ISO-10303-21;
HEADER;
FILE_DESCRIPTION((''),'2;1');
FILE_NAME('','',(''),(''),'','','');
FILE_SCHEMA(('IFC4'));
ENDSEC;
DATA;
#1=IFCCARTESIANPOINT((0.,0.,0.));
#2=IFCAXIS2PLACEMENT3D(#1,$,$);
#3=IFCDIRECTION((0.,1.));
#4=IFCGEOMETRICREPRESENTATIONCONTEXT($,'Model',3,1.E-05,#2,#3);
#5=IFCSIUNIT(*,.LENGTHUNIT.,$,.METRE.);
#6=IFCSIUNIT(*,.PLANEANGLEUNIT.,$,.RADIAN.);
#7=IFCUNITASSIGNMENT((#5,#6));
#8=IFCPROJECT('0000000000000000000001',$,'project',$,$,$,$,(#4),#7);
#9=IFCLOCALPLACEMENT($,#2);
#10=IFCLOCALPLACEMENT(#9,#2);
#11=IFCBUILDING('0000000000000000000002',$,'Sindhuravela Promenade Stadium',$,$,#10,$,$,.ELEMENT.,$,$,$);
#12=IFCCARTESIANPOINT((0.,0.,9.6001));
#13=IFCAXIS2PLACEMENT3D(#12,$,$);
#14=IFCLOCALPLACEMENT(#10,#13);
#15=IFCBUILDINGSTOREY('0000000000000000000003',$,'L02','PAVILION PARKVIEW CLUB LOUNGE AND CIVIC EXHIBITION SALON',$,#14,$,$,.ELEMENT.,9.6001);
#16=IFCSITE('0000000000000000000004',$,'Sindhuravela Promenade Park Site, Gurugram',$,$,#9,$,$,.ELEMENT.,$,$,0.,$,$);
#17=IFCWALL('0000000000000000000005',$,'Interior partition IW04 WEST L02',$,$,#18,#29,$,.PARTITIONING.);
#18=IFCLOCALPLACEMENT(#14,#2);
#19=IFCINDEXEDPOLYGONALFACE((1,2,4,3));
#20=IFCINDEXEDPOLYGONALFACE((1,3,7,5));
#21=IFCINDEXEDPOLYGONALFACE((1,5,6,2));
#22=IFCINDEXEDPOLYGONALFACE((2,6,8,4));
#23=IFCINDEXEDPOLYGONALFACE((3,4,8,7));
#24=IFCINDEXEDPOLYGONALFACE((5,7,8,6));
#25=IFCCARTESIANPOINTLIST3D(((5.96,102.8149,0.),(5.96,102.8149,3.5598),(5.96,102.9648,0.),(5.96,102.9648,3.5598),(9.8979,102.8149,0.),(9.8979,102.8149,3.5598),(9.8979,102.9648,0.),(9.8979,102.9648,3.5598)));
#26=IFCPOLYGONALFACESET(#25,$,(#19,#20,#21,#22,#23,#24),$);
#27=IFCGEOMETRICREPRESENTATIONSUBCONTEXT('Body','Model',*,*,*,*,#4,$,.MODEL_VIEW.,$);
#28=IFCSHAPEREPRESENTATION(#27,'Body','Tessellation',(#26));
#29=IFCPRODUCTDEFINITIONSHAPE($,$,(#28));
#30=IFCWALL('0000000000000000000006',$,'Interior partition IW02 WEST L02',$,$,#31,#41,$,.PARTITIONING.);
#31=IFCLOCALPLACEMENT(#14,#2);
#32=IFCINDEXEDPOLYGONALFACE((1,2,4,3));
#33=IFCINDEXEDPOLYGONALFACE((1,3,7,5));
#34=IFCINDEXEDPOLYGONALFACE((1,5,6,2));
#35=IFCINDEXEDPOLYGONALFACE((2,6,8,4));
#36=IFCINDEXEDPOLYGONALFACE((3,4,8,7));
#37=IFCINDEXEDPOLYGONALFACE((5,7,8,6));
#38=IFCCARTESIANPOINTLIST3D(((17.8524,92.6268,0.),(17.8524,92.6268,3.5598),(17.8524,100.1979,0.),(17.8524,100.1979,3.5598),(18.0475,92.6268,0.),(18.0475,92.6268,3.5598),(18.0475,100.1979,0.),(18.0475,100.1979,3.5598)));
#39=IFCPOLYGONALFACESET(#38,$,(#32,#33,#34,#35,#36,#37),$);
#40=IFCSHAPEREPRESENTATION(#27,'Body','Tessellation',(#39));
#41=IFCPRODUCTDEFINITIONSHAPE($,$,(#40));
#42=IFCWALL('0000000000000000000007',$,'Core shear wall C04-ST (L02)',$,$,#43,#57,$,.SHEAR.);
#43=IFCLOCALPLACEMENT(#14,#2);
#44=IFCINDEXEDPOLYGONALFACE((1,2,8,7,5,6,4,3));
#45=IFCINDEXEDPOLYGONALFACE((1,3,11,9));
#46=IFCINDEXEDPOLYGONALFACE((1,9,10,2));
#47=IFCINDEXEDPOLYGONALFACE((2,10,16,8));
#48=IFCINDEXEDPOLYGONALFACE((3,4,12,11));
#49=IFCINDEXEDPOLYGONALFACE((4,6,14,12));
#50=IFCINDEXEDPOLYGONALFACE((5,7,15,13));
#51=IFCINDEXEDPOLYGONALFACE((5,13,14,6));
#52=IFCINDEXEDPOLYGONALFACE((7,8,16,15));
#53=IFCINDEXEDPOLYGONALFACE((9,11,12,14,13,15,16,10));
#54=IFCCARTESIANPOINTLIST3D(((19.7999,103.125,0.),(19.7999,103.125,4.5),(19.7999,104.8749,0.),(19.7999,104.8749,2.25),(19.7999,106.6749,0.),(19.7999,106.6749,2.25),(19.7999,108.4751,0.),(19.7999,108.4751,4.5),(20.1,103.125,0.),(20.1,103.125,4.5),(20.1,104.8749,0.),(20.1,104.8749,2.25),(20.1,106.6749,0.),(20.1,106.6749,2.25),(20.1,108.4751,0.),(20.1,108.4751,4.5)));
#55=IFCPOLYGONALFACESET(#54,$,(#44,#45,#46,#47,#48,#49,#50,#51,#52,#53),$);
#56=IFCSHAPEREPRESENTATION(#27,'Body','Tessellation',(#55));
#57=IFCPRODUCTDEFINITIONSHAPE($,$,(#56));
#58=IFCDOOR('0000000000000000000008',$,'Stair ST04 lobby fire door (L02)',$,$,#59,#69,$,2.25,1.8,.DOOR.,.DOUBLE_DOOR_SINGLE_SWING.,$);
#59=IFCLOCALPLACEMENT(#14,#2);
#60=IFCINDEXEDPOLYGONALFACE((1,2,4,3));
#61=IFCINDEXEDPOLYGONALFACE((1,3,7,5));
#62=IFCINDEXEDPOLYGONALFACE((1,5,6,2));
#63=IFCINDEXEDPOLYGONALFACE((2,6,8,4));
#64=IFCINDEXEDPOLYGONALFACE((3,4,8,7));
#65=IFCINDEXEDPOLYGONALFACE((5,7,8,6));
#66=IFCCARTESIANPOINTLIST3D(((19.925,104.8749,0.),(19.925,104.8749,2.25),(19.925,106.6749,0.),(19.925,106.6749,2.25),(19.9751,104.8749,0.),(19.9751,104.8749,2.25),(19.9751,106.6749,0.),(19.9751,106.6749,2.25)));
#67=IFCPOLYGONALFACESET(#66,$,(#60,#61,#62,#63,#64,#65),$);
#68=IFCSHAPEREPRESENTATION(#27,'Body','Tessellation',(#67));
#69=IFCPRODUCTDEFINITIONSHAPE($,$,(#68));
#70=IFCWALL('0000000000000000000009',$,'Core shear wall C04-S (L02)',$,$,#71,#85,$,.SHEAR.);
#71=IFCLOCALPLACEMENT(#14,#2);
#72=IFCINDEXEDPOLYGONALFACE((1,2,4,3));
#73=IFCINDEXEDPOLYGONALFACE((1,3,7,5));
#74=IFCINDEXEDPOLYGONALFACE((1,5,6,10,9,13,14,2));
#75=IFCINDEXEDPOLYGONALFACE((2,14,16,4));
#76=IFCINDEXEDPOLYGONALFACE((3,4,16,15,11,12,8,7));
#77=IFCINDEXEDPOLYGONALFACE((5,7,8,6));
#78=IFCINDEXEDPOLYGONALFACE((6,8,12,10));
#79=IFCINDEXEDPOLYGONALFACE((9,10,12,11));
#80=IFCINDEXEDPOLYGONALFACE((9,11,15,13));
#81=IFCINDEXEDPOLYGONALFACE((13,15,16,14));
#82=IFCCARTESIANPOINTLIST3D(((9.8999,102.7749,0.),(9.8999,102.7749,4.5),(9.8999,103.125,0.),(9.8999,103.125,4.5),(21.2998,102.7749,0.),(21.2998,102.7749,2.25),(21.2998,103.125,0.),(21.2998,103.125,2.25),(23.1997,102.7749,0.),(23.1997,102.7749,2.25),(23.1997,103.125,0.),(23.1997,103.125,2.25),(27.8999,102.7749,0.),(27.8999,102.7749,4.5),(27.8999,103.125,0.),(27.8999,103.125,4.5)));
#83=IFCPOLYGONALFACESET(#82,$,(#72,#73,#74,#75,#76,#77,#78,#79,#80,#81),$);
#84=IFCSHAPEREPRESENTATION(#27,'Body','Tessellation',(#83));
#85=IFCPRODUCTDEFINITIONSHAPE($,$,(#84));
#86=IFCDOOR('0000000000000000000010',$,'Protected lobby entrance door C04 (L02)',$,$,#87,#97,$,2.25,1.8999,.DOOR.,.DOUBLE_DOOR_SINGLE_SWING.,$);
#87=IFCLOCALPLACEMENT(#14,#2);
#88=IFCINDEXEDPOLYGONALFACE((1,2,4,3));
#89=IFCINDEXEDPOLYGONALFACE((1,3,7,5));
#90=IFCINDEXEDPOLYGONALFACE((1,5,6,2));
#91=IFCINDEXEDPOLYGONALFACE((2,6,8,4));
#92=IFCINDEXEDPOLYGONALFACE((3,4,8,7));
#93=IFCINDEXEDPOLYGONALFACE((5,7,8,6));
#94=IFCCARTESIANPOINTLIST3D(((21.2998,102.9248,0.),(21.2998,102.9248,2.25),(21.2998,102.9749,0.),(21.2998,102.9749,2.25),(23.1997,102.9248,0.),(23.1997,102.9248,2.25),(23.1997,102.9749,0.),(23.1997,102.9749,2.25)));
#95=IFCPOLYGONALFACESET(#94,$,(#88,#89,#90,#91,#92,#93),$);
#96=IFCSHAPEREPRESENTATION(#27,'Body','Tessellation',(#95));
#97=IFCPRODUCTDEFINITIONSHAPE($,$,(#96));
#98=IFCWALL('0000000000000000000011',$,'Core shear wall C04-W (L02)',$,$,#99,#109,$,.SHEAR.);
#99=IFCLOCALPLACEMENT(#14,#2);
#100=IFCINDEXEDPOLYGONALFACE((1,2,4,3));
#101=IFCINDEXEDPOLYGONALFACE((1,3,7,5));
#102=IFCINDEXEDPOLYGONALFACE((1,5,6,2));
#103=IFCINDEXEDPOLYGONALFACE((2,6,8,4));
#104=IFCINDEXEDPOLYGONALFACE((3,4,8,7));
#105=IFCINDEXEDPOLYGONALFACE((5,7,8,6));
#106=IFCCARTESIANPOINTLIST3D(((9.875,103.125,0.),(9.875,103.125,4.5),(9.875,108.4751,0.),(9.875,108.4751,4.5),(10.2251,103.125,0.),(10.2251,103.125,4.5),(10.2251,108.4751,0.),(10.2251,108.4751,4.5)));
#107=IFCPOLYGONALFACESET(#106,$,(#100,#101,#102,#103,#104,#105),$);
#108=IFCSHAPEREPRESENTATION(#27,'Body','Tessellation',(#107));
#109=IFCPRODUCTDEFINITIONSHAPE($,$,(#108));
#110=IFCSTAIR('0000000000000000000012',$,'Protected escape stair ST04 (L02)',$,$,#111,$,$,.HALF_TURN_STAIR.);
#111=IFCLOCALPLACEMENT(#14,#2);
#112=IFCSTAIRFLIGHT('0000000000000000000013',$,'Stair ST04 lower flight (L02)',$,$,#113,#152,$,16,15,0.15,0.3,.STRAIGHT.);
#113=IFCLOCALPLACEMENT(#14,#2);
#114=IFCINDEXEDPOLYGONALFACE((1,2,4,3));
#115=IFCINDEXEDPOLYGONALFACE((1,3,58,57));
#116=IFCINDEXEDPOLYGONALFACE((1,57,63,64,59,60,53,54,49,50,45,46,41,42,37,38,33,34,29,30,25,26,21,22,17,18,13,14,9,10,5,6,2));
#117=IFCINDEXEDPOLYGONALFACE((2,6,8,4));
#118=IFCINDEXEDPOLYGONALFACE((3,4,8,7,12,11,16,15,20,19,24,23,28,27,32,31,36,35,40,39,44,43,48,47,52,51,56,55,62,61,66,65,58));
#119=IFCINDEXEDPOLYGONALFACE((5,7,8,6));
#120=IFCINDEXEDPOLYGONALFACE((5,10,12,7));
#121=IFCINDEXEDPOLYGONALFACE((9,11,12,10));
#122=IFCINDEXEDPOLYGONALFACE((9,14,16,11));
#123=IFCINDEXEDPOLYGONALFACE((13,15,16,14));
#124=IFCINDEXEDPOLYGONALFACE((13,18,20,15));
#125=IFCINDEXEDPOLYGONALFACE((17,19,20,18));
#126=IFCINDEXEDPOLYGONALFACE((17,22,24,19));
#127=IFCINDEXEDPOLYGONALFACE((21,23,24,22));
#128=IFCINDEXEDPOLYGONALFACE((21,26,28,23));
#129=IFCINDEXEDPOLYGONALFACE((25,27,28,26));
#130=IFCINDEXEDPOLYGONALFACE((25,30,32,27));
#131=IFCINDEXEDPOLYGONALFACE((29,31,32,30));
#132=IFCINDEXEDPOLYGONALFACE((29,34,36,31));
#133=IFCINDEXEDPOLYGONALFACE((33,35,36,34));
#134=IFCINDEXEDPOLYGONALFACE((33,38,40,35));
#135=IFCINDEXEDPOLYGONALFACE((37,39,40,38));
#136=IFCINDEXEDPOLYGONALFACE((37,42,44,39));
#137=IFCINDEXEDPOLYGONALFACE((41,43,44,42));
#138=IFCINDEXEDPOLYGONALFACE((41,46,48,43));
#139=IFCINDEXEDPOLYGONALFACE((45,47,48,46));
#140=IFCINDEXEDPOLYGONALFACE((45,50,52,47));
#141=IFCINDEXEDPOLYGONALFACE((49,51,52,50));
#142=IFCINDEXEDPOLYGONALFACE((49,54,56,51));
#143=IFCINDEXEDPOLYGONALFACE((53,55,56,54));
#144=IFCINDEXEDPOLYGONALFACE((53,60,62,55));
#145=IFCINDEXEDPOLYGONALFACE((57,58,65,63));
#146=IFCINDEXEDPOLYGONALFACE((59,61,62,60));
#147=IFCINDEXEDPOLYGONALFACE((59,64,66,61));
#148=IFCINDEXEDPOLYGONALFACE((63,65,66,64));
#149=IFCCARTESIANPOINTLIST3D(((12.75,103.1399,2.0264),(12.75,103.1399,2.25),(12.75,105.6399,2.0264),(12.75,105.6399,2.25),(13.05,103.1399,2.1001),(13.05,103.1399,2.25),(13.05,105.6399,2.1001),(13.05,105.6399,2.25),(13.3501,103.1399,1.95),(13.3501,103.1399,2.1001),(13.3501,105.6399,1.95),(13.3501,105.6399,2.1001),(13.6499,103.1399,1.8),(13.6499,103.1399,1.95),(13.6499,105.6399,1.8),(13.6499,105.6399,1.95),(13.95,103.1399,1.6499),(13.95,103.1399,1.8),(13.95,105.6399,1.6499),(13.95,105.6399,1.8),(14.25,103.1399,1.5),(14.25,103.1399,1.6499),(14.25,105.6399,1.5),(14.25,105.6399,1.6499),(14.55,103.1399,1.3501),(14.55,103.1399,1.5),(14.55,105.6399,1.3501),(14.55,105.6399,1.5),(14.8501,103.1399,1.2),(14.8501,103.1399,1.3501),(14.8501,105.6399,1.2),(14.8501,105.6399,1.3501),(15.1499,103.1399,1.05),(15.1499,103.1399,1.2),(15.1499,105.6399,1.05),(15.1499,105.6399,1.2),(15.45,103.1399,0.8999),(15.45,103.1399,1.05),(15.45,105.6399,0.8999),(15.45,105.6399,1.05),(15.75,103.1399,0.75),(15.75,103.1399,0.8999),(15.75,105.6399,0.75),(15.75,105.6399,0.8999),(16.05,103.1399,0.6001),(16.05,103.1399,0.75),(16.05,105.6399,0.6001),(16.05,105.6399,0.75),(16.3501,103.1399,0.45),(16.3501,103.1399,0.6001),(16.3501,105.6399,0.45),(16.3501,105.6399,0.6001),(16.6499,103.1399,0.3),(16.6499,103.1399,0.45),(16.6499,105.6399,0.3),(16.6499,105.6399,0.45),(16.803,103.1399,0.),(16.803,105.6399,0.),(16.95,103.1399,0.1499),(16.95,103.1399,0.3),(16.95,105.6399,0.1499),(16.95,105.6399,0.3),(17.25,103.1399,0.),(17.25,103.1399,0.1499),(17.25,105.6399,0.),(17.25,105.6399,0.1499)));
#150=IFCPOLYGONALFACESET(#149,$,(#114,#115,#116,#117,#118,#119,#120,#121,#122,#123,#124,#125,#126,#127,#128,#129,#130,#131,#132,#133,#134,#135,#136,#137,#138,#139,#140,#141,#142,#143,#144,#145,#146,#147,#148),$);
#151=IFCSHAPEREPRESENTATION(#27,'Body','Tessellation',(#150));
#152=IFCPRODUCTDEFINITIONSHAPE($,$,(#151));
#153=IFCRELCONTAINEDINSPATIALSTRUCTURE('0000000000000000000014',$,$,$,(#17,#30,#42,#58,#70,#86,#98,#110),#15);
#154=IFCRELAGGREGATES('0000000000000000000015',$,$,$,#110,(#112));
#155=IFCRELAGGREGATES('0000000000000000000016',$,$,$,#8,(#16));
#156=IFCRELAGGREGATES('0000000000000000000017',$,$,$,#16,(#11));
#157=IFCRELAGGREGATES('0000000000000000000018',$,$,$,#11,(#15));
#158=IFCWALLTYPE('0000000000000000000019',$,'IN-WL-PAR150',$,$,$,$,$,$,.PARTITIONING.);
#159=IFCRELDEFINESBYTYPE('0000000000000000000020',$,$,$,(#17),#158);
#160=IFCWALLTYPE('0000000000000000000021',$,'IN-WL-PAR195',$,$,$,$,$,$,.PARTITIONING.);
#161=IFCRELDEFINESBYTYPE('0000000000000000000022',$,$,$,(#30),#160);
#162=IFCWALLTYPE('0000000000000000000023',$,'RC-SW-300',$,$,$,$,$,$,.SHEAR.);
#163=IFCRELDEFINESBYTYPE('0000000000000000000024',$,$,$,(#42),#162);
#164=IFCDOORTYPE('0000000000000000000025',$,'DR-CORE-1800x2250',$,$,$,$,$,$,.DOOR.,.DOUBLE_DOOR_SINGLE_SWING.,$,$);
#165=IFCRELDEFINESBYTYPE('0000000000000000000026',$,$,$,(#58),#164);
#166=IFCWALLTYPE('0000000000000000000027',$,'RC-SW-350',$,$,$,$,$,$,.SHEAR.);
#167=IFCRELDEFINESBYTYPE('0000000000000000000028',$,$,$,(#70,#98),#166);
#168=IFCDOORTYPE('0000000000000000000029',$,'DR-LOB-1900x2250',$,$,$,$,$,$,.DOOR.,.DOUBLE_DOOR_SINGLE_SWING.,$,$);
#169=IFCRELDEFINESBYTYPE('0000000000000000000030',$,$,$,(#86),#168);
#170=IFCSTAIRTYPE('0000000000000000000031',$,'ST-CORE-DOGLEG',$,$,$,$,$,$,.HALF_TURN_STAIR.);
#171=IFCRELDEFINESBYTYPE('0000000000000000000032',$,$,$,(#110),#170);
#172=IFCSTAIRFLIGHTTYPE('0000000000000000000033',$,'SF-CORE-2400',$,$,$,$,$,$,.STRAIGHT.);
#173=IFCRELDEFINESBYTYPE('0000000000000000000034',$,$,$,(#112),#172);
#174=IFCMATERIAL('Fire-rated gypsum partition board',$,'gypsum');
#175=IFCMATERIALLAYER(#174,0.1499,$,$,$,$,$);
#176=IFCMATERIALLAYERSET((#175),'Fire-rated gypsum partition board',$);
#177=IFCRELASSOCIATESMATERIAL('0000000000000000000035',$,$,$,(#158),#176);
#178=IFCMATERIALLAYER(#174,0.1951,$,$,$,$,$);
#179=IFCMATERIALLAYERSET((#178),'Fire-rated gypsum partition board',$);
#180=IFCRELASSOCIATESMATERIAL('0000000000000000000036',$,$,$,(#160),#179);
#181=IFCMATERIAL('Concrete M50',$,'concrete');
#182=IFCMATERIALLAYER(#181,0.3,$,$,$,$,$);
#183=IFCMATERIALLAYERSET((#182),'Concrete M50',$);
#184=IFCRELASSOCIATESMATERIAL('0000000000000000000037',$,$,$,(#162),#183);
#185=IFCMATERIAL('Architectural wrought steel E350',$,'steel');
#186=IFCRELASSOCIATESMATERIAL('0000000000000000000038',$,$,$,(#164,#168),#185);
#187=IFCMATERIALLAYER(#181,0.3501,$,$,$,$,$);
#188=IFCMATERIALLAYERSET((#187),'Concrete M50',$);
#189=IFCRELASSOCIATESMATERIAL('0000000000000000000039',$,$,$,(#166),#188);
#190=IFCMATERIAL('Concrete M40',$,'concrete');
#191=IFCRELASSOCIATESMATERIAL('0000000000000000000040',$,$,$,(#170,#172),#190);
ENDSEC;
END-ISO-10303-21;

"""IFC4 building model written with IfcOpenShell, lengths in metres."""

from ifc_helpers import new_model, si_unit, direction, frame, frame_2d, origin, place, context, subcontext, project, spatial, polyline, rectangle, outline, extrude, material, layer, layer_set, type_object, element, fill, aggregate, save


model = new_model("IFC4")

# Units and contexts
model_context = context("Model", 3, precision=1e-05, world=origin(), true_north=direction((0.0, 1.0)))
body_context = subcontext(model_context, "Body", "Model", "MODEL_VIEW")
ifc_project = project(units=[si_unit("LENGTHUNIT", "METRE"), si_unit("PLANEANGLEUNIT", "RADIAN")], contexts=[model_context])

# Site, building, storey
site_placement = place(None, origin())
site = spatial("IfcSite", under=ifc_project, at=site_placement, Name="Sindhuravela Promenade Park Site, Gurugram", CompositionType="ELEMENT", RefElevation=0.0)
building_placement = place(site_placement, origin())
building = spatial("IfcBuilding", under=site, at=building_placement, Name="Sindhuravela Promenade Stadium", CompositionType="ELEMENT")
storey_placement = place(building_placement, frame((0.0, 0.0, 9.6001)))
storey = spatial("IfcBuildingStorey", under=building, at=storey_placement, Name="L02", Description="PAVILION PARKVIEW CLUB LOUNGE AND CIVIC EXHIBITION SALON", CompositionType="ELEMENT", Elevation=9.6001)

# Shared definitions
ifc_material_1 = material(Name="Concrete M50", Category="concrete")

# Shared definitions
ifc_material_2 = material(Name="Concrete M40", Category="concrete")

# Walls
ifc_material_3 = material(Name="Fire-rated gypsum partition board", Category="gypsum")
ifc_layer_1 = layer(ifc_material_3, 0.1499)
ifc_layer_set_1 = layer_set([ifc_layer_1], Name="Fire-rated gypsum partition board")
wall_type_1 = type_object("IfcWallType", Name="IN-WL-PAR150", PredefinedType="PARTITIONING", material=ifc_layer_set_1)
wall_1_placement = place(storey_placement, frame((9.8979, 102.8899, 0.0), z_axis=(0.0, 0.0, 1.0), x_axis=(-1.0, 0.0, 0.0)))
element("IfcWall", 1, at=wall_1_placement, inside=storey, type_object=wall_type_1, Name="Interior partition IW04 WEST L02", PredefinedType="PARTITIONING", context=body_context, shape_type="SweptSolid", body=[
    extrude(rectangle(XDim=3.938, YDim=0.1499, at=frame_2d((1.969, 0.0))), origin(), (0.0, 0.0, 1.0), 3.5598),
])
ifc_layer_2 = layer(ifc_material_3, 0.1951)
ifc_layer_set_2 = layer_set([ifc_layer_2], Name="Fire-rated gypsum partition board")
wall_type_2 = type_object("IfcWallType", Name="IN-WL-PAR195", PredefinedType="PARTITIONING", material=ifc_layer_set_2)
wall_2_placement = place(storey_placement, frame((17.95, 100.198, 0.0), z_axis=(0.0, 0.0, 1.0), x_axis=(0.0, -1.0, 0.0)))
element("IfcWall", 2, at=wall_2_placement, inside=storey, type_object=wall_type_2, Name="Interior partition IW02 WEST L02", PredefinedType="PARTITIONING", context=body_context, shape_type="SweptSolid", body=[
    extrude(rectangle(XDim=7.571, YDim=0.1951, at=frame_2d((3.7856, 0.0))), origin(), (0.0, 0.0, 1.0), 3.5598),
])

# Walls, openings, doors
ifc_layer_3 = layer(ifc_material_1, 0.3)
ifc_layer_set_3 = layer_set([ifc_layer_3], Name="Concrete M50")
wall_type_3 = type_object("IfcWallType", Name="RC-SW-300", PredefinedType="SHEAR", material=ifc_layer_set_3)
wall_3_placement = place(storey_placement, frame((19.95, 103.125, 0.0), z_axis=(0.0, 0.0, 1.0), x_axis=(0.0, 1.0, 0.0)))
wall_3 = element("IfcWall", 3, at=wall_3_placement, inside=storey, type_object=wall_type_3, Name="Core shear wall C04-ST (L02)", PredefinedType="SHEAR", context=body_context, shape_type="SweptSolid", body=[
    extrude(rectangle(XDim=5.3501, YDim=0.3, at=frame_2d((2.675, 0.0))), origin(), (0.0, 0.0, 1.0), 4.5),
])
opening_1_placement = place(wall_3_placement, frame((1.75, 0.0, 0.0)))
opening_1 = element("IfcOpeningElement", 4, at=opening_1_placement, cuts=wall_3, PredefinedType="OPENING", context=body_context, shape_type="SweptSolid", body=[
    extrude(rectangle(XDim=1.8, YDim=2.25, at=frame_2d((0.8999, 1.125))), frame((0.0, 0.1599, 0.0), z_axis=(0.0, -1.0, 0.0), x_axis=(1.0, 0.0, 0.0)), (0.0, 0.0, 1.0), 0.3201),
])
ifc_material_4 = material(Name="Architectural wrought steel E350", Category="steel")
door_type_1 = type_object("IfcDoorType", Name="DR-CORE-1800x2250", OperationType="DOUBLE_DOOR_SINGLE_SWING", PredefinedType="DOOR", material=ifc_material_4)
door_1_placement = place(opening_1_placement, origin())
door_1 = element("IfcDoor", 5, at=door_1_placement, inside=storey, type_object=door_type_1, Name="Stair ST04 lobby fire door (L02)", OperationType="DOUBLE_DOOR_SINGLE_SWING", OverallHeight=2.25, OverallWidth=1.8, PredefinedType="DOOR", context=body_context, shape_type="SweptSolid", body=[
    extrude(rectangle(XDim=1.8, YDim=2.25, at=frame_2d((0.8999, 1.125))), frame((0.0, 0.0249, 0.0), z_axis=(0.0, -1.0, 0.0), x_axis=(1.0, 0.0, 0.0)), (0.0, 0.0, 1.0), 0.05),
])
fill(opening_1, door_1)
ifc_layer_4 = layer(ifc_material_1, 0.3501)
ifc_layer_set_4 = layer_set([ifc_layer_4], Name="Concrete M50")
wall_type_4 = type_object("IfcWallType", Name="RC-SW-350", PredefinedType="SHEAR", material=ifc_layer_set_4)
wall_4_placement = place(storey_placement, frame((9.8999, 102.95, 0.0), z_axis=(0.0, 0.0, 1.0), x_axis=(1.0, 0.0, 0.0)))
wall_4 = element("IfcWall", 6, at=wall_4_placement, inside=storey, type_object=wall_type_4, Name="Core shear wall C04-S (L02)", PredefinedType="SHEAR", context=body_context, shape_type="SweptSolid", body=[
    extrude(rectangle(XDim=18.0, YDim=0.3501, at=frame_2d((9.0, 0.0))), origin(), (0.0, 0.0, 1.0), 4.5),
])
opening_2_placement = place(wall_4_placement, frame((11.3999, 0.0, 0.0)))
opening_2 = element("IfcOpeningElement", 7, at=opening_2_placement, cuts=wall_4, PredefinedType="OPENING", context=body_context, shape_type="SweptSolid", body=[
    extrude(rectangle(XDim=1.8999, YDim=2.25, at=frame_2d((0.95, 1.125))), frame((0.0, 0.1851, 0.0), z_axis=(0.0, -1.0, 0.0), x_axis=(1.0, 0.0, 0.0)), (0.0, 0.0, 1.0), 0.3701),
])
door_type_2 = type_object("IfcDoorType", Name="DR-LOB-1900x2250", OperationType="DOUBLE_DOOR_SINGLE_SWING", PredefinedType="DOOR", material=ifc_material_4)
door_2_placement = place(opening_2_placement, origin())
door_2 = element("IfcDoor", 8, at=door_2_placement, inside=storey, type_object=door_type_2, Name="Protected lobby entrance door C04 (L02)", OperationType="DOUBLE_DOOR_SINGLE_SWING", OverallHeight=2.25, OverallWidth=1.8999, PredefinedType="DOOR", context=body_context, shape_type="SweptSolid", body=[
    extrude(rectangle(XDim=1.8999, YDim=2.25, at=frame_2d((0.95, 1.125))), frame((0.0, 0.0249, 0.0), z_axis=(0.0, -1.0, 0.0), x_axis=(1.0, 0.0, 0.0)), (0.0, 0.0, 1.0), 0.05),
])
fill(opening_2, door_2)

# Wall
wall_5_placement = place(storey_placement, frame((10.05, 108.4751, 0.0), z_axis=(0.0, 0.0, 1.0), x_axis=(0.0, -1.0, 0.0)))
element("IfcWall", 9, at=wall_5_placement, inside=storey, type_object=wall_type_4, Name="Core shear wall C04-W (L02)", PredefinedType="SHEAR", context=body_context, shape_type="SweptSolid", body=[
    extrude(rectangle(XDim=5.3501, YDim=0.3501, at=frame_2d((2.675, 0.0))), origin(), (0.0, 0.0, 1.0), 4.5),
])

# Stair, stair flight
stair_type = type_object("IfcStairType", Name="ST-CORE-DOGLEG", PredefinedType="HALF_TURN_STAIR", material=ifc_material_2)
stair_placement = place(storey_placement, origin())
stair = element("IfcStair", 10, at=stair_placement, inside=storey, type_object=stair_type, Name="Protected escape stair ST04 (L02)", PredefinedType="HALF_TURN_STAIR")
stair_flight_type = type_object("IfcStairFlightType", Name="SF-CORE-2400", PredefinedType="STRAIGHT", material=ifc_material_2)
stair_flight_1_placement = place(storey_placement, frame((17.25, 104.3899, 0.0), z_axis=(0.0, 0.0, 1.0), x_axis=(-1.0, 0.0, 0.0)))
stair_flight_1 = element("IfcStairFlight", 11, at=stair_flight_1_placement, type_object=stair_flight_type, Name="Stair ST04 lower flight (L02)", NumberOfRisers=16, NumberOfTreads=15, PredefinedType="STRAIGHT", RiserHeight=0.15, TreadLength=0.3, context=body_context, shape_type="SweptSolid", body=[
    extrude(outline(polyline([(0.0, 0.0), (0.0, 0.1499), (0.3, 0.1499), (0.3, 0.3), (0.6001, 0.3), (0.6001, 0.45), (0.8999, 0.45), (0.8999, 0.6001), (1.2, 0.6001), (1.2, 0.75), (1.5, 0.75), (1.5, 0.8999), (1.8, 0.8999), (1.8, 1.05), (2.1001, 1.05), (2.1001, 1.2), (2.3999, 1.2), (2.3999, 1.3501), (2.7, 1.3501), (2.7, 1.5), (3.0, 1.5), (3.0, 1.6499), (3.3, 1.6499), (3.3, 1.8), (3.6001, 1.8), (3.6001, 1.95), (3.8999, 1.95), (3.8999, 2.1001), (4.2, 2.1001), (4.2, 2.25), (4.5, 2.25), (4.5, 2.3999), (4.5, 2.0264), (0.447, 0.0), (0.0, 0.0)])), frame((0.0, 1.25, 0.0), z_axis=(0.0, -1.0, 0.0), x_axis=(1.0, 0.0, 0.0)), (0.0, 0.0, 1.0), 2.5),
])
aggregate(stair, [stair_flight_1])

save(model, "model.ifc")
